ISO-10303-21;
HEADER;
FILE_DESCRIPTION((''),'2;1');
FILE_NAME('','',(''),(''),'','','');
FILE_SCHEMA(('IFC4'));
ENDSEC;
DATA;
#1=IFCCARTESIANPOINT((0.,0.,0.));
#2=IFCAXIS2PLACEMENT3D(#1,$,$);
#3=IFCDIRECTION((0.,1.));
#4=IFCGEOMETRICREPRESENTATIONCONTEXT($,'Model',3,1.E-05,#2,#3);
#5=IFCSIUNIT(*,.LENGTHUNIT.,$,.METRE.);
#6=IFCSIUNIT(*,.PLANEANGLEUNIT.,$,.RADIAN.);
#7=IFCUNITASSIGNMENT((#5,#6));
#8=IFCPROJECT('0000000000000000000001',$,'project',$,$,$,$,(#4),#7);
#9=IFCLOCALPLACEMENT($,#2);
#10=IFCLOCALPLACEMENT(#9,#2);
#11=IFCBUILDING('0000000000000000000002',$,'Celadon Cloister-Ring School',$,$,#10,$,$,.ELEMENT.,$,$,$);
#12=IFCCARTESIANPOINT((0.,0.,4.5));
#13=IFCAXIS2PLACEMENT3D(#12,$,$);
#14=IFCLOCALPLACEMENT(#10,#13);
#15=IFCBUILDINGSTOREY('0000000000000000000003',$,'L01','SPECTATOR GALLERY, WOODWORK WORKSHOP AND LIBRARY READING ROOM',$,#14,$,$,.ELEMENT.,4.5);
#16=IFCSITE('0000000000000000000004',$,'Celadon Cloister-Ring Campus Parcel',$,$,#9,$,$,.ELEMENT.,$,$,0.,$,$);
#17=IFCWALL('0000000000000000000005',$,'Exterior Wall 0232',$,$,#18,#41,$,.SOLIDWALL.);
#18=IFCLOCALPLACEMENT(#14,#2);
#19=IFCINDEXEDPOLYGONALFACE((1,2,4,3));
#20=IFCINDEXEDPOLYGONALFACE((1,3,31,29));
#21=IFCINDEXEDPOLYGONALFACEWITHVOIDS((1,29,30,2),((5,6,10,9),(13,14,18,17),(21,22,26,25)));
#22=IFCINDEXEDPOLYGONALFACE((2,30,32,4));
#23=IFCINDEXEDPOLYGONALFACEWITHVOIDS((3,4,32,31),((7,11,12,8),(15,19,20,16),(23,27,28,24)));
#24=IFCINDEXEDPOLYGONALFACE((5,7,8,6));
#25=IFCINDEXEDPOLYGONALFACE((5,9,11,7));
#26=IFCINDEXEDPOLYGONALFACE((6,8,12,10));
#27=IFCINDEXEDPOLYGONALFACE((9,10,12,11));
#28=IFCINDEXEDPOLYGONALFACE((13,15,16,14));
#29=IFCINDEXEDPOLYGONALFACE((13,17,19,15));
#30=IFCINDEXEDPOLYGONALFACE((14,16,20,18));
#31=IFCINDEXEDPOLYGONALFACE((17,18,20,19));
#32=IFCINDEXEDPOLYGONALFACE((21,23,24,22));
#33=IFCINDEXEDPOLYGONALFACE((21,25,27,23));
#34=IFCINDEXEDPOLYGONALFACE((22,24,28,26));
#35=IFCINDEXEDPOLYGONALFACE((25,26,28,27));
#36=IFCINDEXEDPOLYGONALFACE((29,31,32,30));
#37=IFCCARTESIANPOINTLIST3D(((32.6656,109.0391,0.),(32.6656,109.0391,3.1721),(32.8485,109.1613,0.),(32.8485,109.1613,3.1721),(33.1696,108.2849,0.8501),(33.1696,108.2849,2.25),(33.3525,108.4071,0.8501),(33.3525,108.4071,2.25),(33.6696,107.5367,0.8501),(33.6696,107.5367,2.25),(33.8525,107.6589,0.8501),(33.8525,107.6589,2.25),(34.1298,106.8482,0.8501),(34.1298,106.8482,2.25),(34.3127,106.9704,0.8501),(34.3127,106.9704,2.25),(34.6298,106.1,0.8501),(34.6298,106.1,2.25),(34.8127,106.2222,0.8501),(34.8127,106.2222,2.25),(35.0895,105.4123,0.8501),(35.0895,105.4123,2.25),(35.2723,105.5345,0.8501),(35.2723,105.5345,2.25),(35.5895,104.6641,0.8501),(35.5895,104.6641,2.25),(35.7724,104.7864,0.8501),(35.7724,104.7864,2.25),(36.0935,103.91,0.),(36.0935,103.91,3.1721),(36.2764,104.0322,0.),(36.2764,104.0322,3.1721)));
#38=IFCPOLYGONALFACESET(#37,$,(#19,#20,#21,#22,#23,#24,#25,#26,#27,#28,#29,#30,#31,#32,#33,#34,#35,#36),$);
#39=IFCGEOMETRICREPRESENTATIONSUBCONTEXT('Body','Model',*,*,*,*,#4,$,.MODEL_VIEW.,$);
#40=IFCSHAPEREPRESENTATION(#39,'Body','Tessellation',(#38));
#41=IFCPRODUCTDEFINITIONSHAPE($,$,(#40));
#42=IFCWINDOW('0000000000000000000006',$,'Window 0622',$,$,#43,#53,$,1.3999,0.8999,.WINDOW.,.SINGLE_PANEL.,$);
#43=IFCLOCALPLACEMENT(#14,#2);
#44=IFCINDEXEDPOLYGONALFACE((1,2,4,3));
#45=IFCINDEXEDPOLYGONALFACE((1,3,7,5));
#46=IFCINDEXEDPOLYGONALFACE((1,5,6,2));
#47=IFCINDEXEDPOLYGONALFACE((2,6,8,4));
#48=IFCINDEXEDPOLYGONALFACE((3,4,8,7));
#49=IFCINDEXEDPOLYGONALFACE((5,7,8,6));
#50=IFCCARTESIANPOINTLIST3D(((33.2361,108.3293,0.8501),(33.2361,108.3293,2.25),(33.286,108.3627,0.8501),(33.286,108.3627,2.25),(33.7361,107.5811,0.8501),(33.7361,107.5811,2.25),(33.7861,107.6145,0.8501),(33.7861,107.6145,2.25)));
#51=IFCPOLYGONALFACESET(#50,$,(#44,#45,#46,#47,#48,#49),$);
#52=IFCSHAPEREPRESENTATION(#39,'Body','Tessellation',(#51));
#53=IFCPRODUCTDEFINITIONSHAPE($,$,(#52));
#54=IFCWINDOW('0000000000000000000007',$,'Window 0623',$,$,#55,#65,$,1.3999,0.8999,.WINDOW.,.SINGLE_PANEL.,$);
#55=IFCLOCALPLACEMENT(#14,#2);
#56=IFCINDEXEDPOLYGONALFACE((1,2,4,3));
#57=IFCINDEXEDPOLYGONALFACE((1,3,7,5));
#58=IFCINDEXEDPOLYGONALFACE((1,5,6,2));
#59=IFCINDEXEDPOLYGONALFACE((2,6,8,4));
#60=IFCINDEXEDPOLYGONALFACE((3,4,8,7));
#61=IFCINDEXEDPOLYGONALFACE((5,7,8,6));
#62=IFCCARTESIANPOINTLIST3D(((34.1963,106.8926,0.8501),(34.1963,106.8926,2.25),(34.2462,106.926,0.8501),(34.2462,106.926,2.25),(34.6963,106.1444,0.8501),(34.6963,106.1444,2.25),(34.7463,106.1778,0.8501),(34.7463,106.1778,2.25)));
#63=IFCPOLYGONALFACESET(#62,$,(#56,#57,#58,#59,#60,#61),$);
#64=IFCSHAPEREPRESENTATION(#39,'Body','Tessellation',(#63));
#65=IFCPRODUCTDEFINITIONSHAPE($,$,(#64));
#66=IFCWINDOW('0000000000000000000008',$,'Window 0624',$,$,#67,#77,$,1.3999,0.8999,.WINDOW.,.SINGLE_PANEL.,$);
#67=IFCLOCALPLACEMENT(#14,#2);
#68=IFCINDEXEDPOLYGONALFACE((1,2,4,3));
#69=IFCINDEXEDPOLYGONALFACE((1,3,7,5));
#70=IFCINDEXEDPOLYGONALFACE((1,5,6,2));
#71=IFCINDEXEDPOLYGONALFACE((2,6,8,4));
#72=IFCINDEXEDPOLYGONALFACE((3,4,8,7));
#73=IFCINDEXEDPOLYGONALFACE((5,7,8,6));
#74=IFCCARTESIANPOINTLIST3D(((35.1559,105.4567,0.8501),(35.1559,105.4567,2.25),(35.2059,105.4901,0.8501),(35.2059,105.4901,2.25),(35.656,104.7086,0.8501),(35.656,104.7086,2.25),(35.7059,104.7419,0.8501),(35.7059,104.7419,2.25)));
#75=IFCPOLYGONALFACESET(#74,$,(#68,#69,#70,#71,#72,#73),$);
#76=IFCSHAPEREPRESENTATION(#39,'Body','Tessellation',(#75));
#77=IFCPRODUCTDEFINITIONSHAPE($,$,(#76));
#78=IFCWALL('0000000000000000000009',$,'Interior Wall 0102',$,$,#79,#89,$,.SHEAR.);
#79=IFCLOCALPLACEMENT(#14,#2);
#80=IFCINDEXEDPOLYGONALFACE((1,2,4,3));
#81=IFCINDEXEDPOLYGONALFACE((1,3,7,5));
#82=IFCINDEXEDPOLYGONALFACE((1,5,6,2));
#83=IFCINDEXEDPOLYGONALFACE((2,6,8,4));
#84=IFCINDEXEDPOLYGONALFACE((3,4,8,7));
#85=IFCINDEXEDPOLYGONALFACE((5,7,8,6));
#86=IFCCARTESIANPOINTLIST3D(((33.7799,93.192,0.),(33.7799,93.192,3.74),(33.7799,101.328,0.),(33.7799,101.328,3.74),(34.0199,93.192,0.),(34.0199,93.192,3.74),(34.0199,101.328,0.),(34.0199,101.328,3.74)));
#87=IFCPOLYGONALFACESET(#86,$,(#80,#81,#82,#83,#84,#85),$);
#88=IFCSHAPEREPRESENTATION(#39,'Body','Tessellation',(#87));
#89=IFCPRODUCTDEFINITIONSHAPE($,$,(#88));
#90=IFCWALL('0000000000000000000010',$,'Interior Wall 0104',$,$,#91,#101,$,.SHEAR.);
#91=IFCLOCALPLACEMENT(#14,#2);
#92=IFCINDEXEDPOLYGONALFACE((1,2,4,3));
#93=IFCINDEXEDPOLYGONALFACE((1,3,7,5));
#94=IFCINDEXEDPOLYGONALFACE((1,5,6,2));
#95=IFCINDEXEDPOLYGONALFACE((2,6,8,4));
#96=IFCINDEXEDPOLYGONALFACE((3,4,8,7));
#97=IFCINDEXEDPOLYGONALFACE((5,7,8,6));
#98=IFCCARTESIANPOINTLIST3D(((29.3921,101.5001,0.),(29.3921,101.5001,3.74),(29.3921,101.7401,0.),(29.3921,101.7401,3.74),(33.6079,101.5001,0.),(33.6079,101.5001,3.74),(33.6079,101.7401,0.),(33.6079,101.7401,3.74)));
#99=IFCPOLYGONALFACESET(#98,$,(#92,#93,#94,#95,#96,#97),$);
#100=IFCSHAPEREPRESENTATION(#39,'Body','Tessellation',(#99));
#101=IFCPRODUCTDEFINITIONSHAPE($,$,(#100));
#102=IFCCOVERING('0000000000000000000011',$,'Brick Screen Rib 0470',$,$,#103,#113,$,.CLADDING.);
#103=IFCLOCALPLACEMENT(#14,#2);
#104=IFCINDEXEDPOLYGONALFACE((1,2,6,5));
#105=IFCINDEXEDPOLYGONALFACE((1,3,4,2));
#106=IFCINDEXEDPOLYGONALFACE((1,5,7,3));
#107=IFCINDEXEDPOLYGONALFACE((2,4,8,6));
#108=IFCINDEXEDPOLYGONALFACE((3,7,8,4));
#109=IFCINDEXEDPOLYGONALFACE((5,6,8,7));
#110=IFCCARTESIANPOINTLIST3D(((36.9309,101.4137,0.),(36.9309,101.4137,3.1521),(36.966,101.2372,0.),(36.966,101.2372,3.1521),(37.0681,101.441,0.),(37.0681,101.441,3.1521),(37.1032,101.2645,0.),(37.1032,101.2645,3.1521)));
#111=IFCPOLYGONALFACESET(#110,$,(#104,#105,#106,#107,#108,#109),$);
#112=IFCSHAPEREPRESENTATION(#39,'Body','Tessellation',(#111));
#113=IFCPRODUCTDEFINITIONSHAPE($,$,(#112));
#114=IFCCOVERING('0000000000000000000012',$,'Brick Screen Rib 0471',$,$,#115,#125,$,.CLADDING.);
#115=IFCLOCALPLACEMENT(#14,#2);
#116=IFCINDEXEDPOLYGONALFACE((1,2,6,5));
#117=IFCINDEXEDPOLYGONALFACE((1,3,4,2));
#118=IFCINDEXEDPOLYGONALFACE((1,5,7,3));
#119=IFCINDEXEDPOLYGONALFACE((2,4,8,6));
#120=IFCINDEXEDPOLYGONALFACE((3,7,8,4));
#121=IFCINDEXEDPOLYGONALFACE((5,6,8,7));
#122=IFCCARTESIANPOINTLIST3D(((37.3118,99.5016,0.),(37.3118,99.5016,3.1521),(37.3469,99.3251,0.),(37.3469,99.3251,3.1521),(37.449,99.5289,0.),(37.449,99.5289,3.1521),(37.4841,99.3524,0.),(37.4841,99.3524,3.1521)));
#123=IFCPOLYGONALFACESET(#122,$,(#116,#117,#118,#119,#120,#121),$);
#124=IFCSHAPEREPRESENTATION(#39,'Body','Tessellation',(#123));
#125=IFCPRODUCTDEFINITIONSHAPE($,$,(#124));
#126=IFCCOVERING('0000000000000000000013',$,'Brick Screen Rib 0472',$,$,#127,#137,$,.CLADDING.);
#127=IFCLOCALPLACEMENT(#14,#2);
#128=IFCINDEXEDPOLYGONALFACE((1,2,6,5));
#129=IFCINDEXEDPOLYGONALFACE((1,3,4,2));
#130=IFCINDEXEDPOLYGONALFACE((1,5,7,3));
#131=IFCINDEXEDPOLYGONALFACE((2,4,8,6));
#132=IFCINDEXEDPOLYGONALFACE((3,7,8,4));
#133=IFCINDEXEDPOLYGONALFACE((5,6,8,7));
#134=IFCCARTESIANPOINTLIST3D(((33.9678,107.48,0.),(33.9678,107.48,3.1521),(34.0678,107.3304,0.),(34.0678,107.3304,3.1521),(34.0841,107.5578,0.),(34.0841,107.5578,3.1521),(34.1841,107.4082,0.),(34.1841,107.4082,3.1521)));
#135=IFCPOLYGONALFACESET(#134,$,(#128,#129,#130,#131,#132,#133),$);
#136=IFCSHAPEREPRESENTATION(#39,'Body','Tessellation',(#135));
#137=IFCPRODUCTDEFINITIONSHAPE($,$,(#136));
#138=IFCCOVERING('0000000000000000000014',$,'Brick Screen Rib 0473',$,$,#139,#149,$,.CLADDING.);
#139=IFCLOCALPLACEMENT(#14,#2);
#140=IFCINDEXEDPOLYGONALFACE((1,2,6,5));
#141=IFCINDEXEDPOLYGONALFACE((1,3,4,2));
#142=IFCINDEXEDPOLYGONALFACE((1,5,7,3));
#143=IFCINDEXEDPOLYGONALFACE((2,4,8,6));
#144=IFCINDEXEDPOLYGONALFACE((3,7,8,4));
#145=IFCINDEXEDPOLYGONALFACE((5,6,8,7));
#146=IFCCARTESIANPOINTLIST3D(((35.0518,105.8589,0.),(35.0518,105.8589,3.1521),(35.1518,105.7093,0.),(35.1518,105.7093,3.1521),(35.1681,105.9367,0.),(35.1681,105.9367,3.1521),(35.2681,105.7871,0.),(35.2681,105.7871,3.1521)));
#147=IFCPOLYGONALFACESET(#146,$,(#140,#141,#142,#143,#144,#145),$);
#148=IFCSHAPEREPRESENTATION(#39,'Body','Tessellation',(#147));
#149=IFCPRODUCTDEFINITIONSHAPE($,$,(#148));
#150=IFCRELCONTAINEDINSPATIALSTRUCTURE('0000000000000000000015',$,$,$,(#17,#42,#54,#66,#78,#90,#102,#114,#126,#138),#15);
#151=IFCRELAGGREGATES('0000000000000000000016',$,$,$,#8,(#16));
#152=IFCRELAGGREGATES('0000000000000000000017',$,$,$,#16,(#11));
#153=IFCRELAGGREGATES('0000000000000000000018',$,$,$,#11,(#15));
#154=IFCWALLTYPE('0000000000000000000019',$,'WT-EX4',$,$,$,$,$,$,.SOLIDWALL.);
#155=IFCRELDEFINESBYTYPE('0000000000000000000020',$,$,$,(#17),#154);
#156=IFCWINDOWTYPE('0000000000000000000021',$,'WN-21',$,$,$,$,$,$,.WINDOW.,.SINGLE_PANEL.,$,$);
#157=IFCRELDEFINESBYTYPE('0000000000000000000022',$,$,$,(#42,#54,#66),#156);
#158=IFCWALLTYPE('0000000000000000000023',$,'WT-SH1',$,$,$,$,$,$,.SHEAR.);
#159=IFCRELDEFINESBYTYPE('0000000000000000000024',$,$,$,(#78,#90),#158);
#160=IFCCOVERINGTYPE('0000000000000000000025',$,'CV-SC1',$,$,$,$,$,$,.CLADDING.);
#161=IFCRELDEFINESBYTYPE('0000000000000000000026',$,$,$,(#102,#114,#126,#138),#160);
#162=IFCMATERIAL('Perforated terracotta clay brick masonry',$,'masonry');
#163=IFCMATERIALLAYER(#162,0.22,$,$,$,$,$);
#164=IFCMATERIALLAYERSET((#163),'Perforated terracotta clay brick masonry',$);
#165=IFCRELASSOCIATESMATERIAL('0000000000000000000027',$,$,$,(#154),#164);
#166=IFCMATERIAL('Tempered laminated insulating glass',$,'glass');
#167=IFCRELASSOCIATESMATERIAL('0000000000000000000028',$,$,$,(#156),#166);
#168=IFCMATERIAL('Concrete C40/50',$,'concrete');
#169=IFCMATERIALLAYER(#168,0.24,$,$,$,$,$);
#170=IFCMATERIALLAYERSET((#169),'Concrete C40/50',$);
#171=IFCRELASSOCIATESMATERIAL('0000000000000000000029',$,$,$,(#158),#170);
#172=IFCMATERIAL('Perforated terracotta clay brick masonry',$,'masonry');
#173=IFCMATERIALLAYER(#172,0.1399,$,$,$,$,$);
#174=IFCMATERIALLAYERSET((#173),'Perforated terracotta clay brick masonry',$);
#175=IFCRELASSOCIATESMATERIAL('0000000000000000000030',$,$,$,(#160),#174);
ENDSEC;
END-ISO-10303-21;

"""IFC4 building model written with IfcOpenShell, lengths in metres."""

from ifc_helpers import new_model, si_unit, direction, frame, frame_2d, origin, origin_2d, place, context, subcontext, project, spatial, rectangle, extrude, material, layer, layer_set, type_object, element, fill, save


model = new_model("IFC4")

# Units and contexts
model_context = context("Model", 3, precision=1e-05, world=origin(), true_north=direction((0.0, 1.0)))
body_context = subcontext(model_context, "Body", "Model", "MODEL_VIEW")
ifc_project = project(units=[si_unit("LENGTHUNIT", "METRE"), si_unit("PLANEANGLEUNIT", "RADIAN")], contexts=[model_context])

# Site, building, storey
site_placement = place(None, origin())
site = spatial("IfcSite", under=ifc_project, at=site_placement, Name="Celadon Cloister-Ring Campus Parcel", CompositionType="ELEMENT", RefElevation=0.0)
building_placement = place(site_placement, origin())
building = spatial("IfcBuilding", under=site, at=building_placement, Name="Celadon Cloister-Ring School", CompositionType="ELEMENT")
storey_placement = place(building_placement, frame((0.0, 0.0, 4.5)))
storey = spatial("IfcBuildingStorey", under=building, at=storey_placement, Name="L01", Description="SPECTATOR GALLERY, WOODWORK WORKSHOP AND LIBRARY READING ROOM", CompositionType="ELEMENT", Elevation=4.5)

# Wall, openings, windows
ifc_material_1 = material(Name="Perforated terracotta clay brick masonry", Category="masonry")
ifc_layer_1 = layer(ifc_material_1, 0.22)
ifc_layer_set_1 = layer_set([ifc_layer_1], Name="Perforated terracotta clay brick masonry")
wall_type_1 = type_object("IfcWallType", Name="WT-EX4", PredefinedType="SOLIDWALL", material=ifc_layer_set_1)
ifc_material_2 = material(Name="Tempered laminated insulating glass", Category="glass")
window_type = type_object("IfcWindowType", Name="WN-21", PartitioningType="SINGLE_PANEL", PredefinedType="WINDOW", material=ifc_material_2)
wall_1_placement = place(storey_placement, frame((32.7571, 109.1001, 0.0), z_axis=(0.0, 0.0, 1.0), x_axis=(0.555659, -0.83141, 0.0)))
wall_1 = element("IfcWall", 1, at=wall_1_placement, inside=storey, type_object=wall_type_1, Name="Exterior Wall 0232", PredefinedType="SOLIDWALL", context=body_context, shape_type="SweptSolid", body=[
    extrude(rectangle(XDim=6.1692, YDim=0.22, at=frame_2d((3.0845, 0.0))), origin(), (0.0, 0.0, 1.0), 3.1721),
])
opening_1_placement = place(wall_1_placement, frame((0.907, 0.0, 0.8501)))
opening_1 = element("IfcOpeningElement", 2, at=opening_1_placement, cuts=wall_1, PredefinedType="OPENING", context=body_context, shape_type="SweptSolid", body=[
    extrude(rectangle(XDim=0.8999, YDim=1.3999, at=frame_2d((0.45, 0.7))), frame((0.0, 0.1201, 0.0), z_axis=(0.0, -1.0, 0.0), x_axis=(1.0, 0.0, 0.0)), (0.0, 0.0, 1.0), 0.24),
])
opening_2_placement = place(wall_1_placement, frame((2.635, 0.0, 0.8501)))
opening_2 = element("IfcOpeningElement", 3, at=opening_2_placement, cuts=wall_1, PredefinedType="OPENING", context=body_context, shape_type="SweptSolid", body=[
    extrude(rectangle(XDim=0.8999, YDim=1.3999, at=frame_2d((0.45, 0.7))), frame((0.0, 0.1201, 0.0), z_axis=(0.0, -1.0, 0.0), x_axis=(1.0, 0.0, 0.0)), (0.0, 0.0, 1.0), 0.24),
])
opening_3_placement = place(wall_1_placement, frame((4.3621, 0.0, 0.8501)))
opening_3 = element("IfcOpeningElement", 4, at=opening_3_placement, cuts=wall_1, PredefinedType="OPENING", context=body_context, shape_type="SweptSolid", body=[
    extrude(rectangle(XDim=0.8999, YDim=1.3999, at=frame_2d((0.45, 0.7))), frame((0.0, 0.1201, 0.0), z_axis=(0.0, -1.0, 0.0), x_axis=(1.0, 0.0, 0.0)), (0.0, 0.0, 1.0), 0.24),
])
window_1_placement = place(opening_1_placement, origin())
window_1 = element("IfcWindow", 5, at=window_1_placement, inside=storey, type_object=window_type, Name="Window 0622", OverallHeight=1.3999, OverallWidth=0.8999, PartitioningType="SINGLE_PANEL", PredefinedType="WINDOW", context=body_context, shape_type="SweptSolid", body=[
    extrude(rectangle(XDim=0.8999, YDim=1.3999, at=frame_2d((0.45, 0.7))), frame((0.0, 0.03, 0.0), z_axis=(0.0, -1.0, 0.0), x_axis=(1.0, 0.0, 0.0)), (0.0, 0.0, 1.0), 0.0601),
])
fill(opening_1, window_1)
window_2_placement = place(opening_2_placement, origin())
window_2 = element("IfcWindow", 6, at=window_2_placement, inside=storey, type_object=window_type, Name="Window 0623", OverallHeight=1.3999, OverallWidth=0.8999, PartitioningType="SINGLE_PANEL", PredefinedType="WINDOW", context=body_context, shape_type="SweptSolid", body=[
    extrude(rectangle(XDim=0.8999, YDim=1.3999, at=frame_2d((0.45, 0.7))), frame((0.0, 0.03, 0.0), z_axis=(0.0, -1.0, 0.0), x_axis=(1.0, 0.0, 0.0)), (0.0, 0.0, 1.0), 0.0601),
])
fill(opening_2, window_2)
window_3_placement = place(opening_3_placement, origin())
window_3 = element("IfcWindow", 7, at=window_3_placement, inside=storey, type_object=window_type, Name="Window 0624", OverallHeight=1.3999, OverallWidth=0.8999, PartitioningType="SINGLE_PANEL", PredefinedType="WINDOW", context=body_context, shape_type="SweptSolid", body=[
    extrude(rectangle(XDim=0.8999, YDim=1.3999, at=frame_2d((0.45, 0.7))), frame((0.0, 0.03, 0.0), z_axis=(0.0, -1.0, 0.0), x_axis=(1.0, 0.0, 0.0)), (0.0, 0.0, 1.0), 0.0601),
])
fill(opening_3, window_3)

# Walls
ifc_material_3 = material(Name="Concrete C40/50", Category="concrete")
ifc_layer_2 = layer(ifc_material_3, 0.24)
ifc_layer_set_2 = layer_set([ifc_layer_2], Name="Concrete C40/50")
wall_type_2 = type_object("IfcWallType", Name="WT-SH1", PredefinedType="SHEAR", material=ifc_layer_set_2)
wall_2_placement = place(storey_placement, frame((33.8999, 101.3279, 0.0), z_axis=(0.0, 0.0, 1.0), x_axis=(0.0, -1.0, 0.0)))
element("IfcWall", 8, at=wall_2_placement, inside=storey, type_object=wall_type_2, Name="Interior Wall 0102", PredefinedType="SHEAR", context=body_context, shape_type="SweptSolid", body=[
    extrude(rectangle(XDim=8.136, YDim=0.24, at=frame_2d((4.0679, 0.0))), origin(), (0.0, 0.0, 1.0), 3.74),
])
wall_3_placement = place(storey_placement, frame((33.6079, 101.6201, 0.0), z_axis=(0.0, 0.0, 1.0), x_axis=(-1.0, 0.0, 0.0)))
element("IfcWall", 9, at=wall_3_placement, inside=storey, type_object=wall_type_2, Name="Interior Wall 0104", PredefinedType="SHEAR", context=body_context, shape_type="SweptSolid", body=[
    extrude(rectangle(XDim=4.2158, YDim=0.24, at=frame_2d((2.1079, 0.0))), origin(), (0.0, 0.0, 1.0), 3.74),
])

# Coverings
ifc_material_4 = material(Name="Perforated terracotta clay brick masonry", Category="masonry")
ifc_layer_3 = layer(ifc_material_4, 0.1399)
ifc_layer_set_3 = layer_set([ifc_layer_3], Name="Perforated terracotta clay brick masonry")
covering_type = type_object("IfcCoveringType", Name="CV-SC1", PredefinedType="CLADDING", material=ifc_layer_set_3)
for number, where, z_axis, x_axis, name in (
    (10, (37.0171, 101.3391, 0.0), (0.0, 0.0, 1.0), (0.195142, -0.980775, 0.0), "Brick Screen Rib 0470"),
    (11, (37.3979, 99.427, 0.0), (0.0, 0.0, 1.0), (0.195142, -0.980775, 0.0), "Brick Screen Rib 0471"),
    (12, (34.0759, 107.4441, 0.0), (0.0, 0.0, 1.0), (0.555672, -0.831402, 0.0), "Brick Screen Rib 0472"),
    (13, (35.1599, 105.823, 0.0), (0.0, 0.0, 1.0), (0.555672, -0.831402, 0.0), "Brick Screen Rib 0473"),
):
    element("IfcCovering", number, at=place(storey_placement, frame(where, z_axis=z_axis, x_axis=x_axis)), inside=storey, type_object=covering_type, Name=name, PredefinedType="CLADDING", context=body_context, shape_type="SweptSolid", body=[
        extrude(rectangle(XDim=0.1799, YDim=0.1399, at=origin_2d()), origin(), (0.0, 0.0, 1.0), 3.1521),
    ])

save(model, "model.ifc")
